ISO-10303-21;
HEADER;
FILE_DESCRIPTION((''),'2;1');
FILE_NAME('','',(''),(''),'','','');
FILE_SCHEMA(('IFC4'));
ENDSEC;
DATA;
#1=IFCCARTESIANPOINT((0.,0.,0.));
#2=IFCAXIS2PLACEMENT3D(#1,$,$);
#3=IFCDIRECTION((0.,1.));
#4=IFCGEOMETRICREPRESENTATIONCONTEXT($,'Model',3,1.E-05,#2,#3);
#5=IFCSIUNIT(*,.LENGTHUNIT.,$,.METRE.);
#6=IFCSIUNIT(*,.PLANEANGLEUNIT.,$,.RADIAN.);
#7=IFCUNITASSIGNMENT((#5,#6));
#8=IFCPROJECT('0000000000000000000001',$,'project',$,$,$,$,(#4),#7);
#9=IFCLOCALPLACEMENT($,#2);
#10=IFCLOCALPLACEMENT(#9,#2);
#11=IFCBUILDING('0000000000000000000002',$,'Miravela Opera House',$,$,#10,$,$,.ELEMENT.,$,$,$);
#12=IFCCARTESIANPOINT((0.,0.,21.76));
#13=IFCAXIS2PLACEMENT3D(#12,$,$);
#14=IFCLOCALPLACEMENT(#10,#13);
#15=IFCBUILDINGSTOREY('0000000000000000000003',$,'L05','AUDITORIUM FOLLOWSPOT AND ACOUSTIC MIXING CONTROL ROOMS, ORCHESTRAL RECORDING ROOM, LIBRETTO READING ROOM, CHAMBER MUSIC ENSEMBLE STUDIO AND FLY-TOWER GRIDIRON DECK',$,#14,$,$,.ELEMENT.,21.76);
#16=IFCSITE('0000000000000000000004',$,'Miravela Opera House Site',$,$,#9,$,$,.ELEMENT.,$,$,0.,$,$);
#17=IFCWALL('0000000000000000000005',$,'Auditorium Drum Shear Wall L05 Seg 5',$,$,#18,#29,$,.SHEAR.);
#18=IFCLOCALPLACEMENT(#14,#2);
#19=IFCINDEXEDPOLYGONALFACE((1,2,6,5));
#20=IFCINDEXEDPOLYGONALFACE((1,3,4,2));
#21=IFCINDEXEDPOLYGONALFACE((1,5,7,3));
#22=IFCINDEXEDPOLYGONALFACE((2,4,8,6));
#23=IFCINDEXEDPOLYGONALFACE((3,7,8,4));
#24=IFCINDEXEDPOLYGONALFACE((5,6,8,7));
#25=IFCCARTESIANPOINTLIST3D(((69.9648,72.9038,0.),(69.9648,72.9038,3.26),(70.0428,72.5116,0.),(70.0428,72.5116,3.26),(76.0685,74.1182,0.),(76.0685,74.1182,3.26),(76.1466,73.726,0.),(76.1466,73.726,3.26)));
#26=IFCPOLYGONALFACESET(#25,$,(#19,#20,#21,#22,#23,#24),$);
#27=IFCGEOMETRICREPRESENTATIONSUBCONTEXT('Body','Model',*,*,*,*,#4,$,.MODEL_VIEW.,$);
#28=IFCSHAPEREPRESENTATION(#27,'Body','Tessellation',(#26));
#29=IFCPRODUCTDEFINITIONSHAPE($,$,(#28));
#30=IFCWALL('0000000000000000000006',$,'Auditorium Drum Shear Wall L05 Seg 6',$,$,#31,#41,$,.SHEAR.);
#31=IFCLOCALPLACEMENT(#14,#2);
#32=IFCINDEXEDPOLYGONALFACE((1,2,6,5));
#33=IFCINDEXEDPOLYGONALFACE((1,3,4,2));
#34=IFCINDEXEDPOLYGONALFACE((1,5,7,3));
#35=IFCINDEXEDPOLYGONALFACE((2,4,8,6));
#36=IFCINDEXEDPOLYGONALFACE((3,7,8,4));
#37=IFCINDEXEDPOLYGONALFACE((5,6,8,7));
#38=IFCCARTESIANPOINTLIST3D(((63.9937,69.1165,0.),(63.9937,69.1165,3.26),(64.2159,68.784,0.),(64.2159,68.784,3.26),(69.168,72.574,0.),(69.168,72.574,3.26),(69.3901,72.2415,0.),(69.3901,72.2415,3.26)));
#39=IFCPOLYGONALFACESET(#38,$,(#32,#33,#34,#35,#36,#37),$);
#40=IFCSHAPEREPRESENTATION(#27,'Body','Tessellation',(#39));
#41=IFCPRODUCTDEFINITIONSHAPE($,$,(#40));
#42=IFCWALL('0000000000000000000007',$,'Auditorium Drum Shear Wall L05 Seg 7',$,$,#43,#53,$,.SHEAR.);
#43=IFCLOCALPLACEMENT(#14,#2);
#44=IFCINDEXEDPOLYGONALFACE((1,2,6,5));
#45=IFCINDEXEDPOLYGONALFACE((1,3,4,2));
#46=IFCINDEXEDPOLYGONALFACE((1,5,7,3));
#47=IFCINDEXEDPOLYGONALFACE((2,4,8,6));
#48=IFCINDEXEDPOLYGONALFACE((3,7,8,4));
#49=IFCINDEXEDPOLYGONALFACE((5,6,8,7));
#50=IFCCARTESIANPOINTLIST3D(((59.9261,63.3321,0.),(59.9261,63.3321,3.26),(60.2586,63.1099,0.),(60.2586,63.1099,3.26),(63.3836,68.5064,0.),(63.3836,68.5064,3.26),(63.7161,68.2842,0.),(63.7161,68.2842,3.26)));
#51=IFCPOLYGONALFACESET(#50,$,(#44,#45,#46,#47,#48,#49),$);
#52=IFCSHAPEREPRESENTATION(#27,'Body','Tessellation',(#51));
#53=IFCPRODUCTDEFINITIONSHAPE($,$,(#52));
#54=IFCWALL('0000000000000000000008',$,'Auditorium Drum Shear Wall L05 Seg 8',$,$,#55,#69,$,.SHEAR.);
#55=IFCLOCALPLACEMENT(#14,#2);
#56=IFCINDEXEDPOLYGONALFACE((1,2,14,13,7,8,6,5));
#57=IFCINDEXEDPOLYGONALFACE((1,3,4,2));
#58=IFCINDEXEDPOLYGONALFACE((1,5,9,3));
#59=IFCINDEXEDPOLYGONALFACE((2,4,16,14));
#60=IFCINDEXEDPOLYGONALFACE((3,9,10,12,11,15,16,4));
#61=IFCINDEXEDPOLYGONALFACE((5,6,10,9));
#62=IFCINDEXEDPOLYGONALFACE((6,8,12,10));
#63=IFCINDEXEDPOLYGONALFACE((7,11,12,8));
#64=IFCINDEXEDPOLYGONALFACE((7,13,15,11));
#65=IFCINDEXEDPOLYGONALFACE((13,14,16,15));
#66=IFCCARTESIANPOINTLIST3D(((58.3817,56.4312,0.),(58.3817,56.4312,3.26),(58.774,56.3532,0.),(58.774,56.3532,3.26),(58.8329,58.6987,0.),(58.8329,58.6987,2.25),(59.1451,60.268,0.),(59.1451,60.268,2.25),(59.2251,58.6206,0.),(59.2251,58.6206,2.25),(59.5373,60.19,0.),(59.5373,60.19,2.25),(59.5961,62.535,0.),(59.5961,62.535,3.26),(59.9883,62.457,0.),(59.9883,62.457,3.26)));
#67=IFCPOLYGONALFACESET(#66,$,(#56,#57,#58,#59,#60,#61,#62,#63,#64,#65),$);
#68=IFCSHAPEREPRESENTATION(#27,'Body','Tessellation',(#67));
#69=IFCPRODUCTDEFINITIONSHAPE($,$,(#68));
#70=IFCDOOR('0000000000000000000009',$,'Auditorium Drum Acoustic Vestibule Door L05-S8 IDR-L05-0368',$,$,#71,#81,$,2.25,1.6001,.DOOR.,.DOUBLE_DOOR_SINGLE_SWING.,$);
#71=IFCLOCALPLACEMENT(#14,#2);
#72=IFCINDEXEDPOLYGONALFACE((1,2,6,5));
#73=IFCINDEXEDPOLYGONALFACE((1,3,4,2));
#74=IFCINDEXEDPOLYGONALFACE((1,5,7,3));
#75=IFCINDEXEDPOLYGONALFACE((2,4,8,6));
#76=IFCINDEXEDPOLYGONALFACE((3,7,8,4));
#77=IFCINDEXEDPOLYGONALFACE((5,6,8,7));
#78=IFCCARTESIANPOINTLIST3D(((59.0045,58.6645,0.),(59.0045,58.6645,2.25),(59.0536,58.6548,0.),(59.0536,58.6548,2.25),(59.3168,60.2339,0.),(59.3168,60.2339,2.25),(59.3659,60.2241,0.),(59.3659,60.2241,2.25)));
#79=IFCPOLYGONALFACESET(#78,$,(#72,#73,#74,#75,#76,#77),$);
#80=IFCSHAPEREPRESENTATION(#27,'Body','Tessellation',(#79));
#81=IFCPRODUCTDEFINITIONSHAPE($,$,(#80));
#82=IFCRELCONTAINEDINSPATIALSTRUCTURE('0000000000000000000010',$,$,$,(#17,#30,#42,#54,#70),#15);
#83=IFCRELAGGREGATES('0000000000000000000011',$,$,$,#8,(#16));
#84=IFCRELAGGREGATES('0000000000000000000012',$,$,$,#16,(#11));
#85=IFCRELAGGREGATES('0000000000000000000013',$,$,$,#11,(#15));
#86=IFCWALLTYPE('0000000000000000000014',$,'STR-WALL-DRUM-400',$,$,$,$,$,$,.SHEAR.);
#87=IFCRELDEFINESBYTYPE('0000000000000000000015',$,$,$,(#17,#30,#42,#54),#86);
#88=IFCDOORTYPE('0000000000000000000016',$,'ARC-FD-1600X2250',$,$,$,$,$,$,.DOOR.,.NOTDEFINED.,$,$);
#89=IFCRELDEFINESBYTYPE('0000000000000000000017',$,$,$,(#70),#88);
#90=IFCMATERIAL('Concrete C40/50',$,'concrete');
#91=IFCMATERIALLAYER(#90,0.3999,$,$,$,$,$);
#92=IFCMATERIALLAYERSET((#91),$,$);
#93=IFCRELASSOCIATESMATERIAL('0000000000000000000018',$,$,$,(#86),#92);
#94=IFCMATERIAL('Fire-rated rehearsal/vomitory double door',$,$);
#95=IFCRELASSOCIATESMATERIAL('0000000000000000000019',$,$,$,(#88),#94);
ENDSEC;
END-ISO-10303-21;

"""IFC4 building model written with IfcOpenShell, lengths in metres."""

from ifc_helpers import new_model, si_unit, direction, frame, frame_2d, origin, place, context, subcontext, project, spatial, rectangle, extrude, material, layer, layer_set, type_object, element, fill, save


model = new_model("IFC4")

# Units and contexts
model_context = context("Model", 3, precision=1e-05, world=origin(), true_north=direction((0.0, 1.0)))
body_context = subcontext(model_context, "Body", "Model", "MODEL_VIEW")
ifc_project = project(units=[si_unit("LENGTHUNIT", "METRE"), si_unit("PLANEANGLEUNIT", "RADIAN")], contexts=[model_context])

# Site, building, storey
site_placement = place(None, origin())
site = spatial("IfcSite", under=ifc_project, at=site_placement, Name="Miravela Opera House Site", CompositionType="ELEMENT", RefElevation=0.0)
building_placement = place(site_placement, origin())
building = spatial("IfcBuilding", under=site, at=building_placement, Name="Miravela Opera House", CompositionType="ELEMENT")
storey_placement = place(building_placement, frame((0.0, 0.0, 21.76)))
storey = spatial("IfcBuildingStorey", under=building, at=storey_placement, Name="L05", Description="AUDITORIUM FOLLOWSPOT AND ACOUSTIC MIXING CONTROL ROOMS, ORCHESTRAL RECORDING ROOM, LIBRETTO READING ROOM, CHAMBER MUSIC ENSEMBLE STUDIO AND FLY-TOWER GRIDIRON DECK", CompositionType="ELEMENT", Elevation=21.76)

# Shared definitions
ifc_material_1 = material(Name="Concrete C40/50", Category="concrete")

# Walls
ifc_layer_1 = layer(ifc_material_1, 0.3999)
ifc_layer_set_1 = layer_set([ifc_layer_1])
wall_type_1 = type_object("IfcWallType", Name="STR-WALL-DRUM-400", PredefinedType="SHEAR", material=ifc_layer_set_1)
wall_1_placement = place(storey_placement, frame((76.1077, 73.9221, 0.0), z_axis=(0.0, 0.0, 1.0), x_axis=(-0.980778, -0.195128, 0.0)))
element("IfcWall", 1, at=wall_1_placement, inside=storey, type_object=wall_type_1, Name="Auditorium Drum Shear Wall L05 Seg 5", PredefinedType="SHEAR", context=body_context, shape_type="SweptSolid", body=[
    extrude(rectangle(XDim=6.2234, YDim=0.3999, at=frame_2d((3.1118, 0.0))), origin(), (0.0, 0.0, 1.0), 3.26),
])
for number, where, z_axis, x_axis, name in (
    (2, (69.2791, 72.4077, 0.0), (0.0, 0.0, 1.0), (-0.831458, -0.555587, 0.0), "Auditorium Drum Shear Wall L05 Seg 6"),
    (3, (63.5498, 68.3953, 0.0), (0.0, 0.0, 1.0), (-0.555587, -0.831458, 0.0), "Auditorium Drum Shear Wall L05 Seg 7"),
):
    element("IfcWall", number, at=place(storey_placement, frame(where, z_axis=z_axis, x_axis=x_axis)), inside=storey, type_object=wall_type_1, Name=name, PredefinedType="SHEAR", context=body_context, shape_type="SweptSolid", body=[
        extrude(rectangle(XDim=6.2231, YDim=0.3999, at=frame_2d((3.1116, 0.0))), origin(), (0.0, 0.0, 1.0), 3.26),
    ])

# Wall, opening, door
wall_2_placement = place(storey_placement, frame((59.7922, 62.4961, 0.0), z_axis=(0.0, 0.0, 1.0), x_axis=(-0.195128, -0.980778, 0.0)))
wall_2 = element("IfcWall", 4, at=wall_2_placement, inside=storey, type_object=wall_type_1, Name="Auditorium Drum Shear Wall L05 Seg 8", PredefinedType="SHEAR", context=body_context, shape_type="SweptSolid", body=[
    extrude(rectangle(XDim=6.2234, YDim=0.3999, at=frame_2d((3.1118, 0.0))), origin(), (0.0, 0.0, 1.0), 3.26),
])
opening_1_placement = place(wall_2_placement, frame((2.3115, 0.0, 0.0)))
opening_1 = element("IfcOpeningElement", 5, at=opening_1_placement, cuts=wall_2, PredefinedType="OPENING", context=body_context, shape_type="SweptSolid", body=[
    extrude(rectangle(XDim=1.6001, YDim=2.25, at=frame_2d((0.8, 1.125))), frame((0.0, 0.21, 0.0), z_axis=(0.0, -1.0, 0.0), x_axis=(1.0, 0.0, 0.0)), (0.0, 0.0, 1.0), 0.4199),
])
ifc_material_2 = material(Name="Fire-rated rehearsal/vomitory double door")
door_type_1 = type_object("IfcDoorType", Name="ARC-FD-1600X2250", OperationType="NOTDEFINED", PredefinedType="DOOR", material=ifc_material_2)
door_1_placement = place(opening_1_placement, frame((1.6001, 0.0, 0.0), z_axis=(0.0, 0.0, 1.0), x_axis=(-1.0, 0.0, 0.0)))
door_1 = element("IfcDoor", 6, at=door_1_placement, inside=storey, type_object=door_type_1, Name="Auditorium Drum Acoustic Vestibule Door L05-S8 IDR-L05-0368", OperationType="DOUBLE_DOOR_SINGLE_SWING", OverallHeight=2.25, OverallWidth=1.6001, PredefinedType="DOOR", context=body_context, shape_type="SweptSolid", body=[
    extrude(rectangle(XDim=1.6001, YDim=2.25, at=frame_2d((0.8, 1.125))), frame((0.0, 0.0249, 0.0), z_axis=(0.0, -1.0, 0.0), x_axis=(1.0, 0.0, 0.0)), (0.0, 0.0, 1.0), 0.05),
])
fill(opening_1, door_1)

save(model, "model.ifc")
